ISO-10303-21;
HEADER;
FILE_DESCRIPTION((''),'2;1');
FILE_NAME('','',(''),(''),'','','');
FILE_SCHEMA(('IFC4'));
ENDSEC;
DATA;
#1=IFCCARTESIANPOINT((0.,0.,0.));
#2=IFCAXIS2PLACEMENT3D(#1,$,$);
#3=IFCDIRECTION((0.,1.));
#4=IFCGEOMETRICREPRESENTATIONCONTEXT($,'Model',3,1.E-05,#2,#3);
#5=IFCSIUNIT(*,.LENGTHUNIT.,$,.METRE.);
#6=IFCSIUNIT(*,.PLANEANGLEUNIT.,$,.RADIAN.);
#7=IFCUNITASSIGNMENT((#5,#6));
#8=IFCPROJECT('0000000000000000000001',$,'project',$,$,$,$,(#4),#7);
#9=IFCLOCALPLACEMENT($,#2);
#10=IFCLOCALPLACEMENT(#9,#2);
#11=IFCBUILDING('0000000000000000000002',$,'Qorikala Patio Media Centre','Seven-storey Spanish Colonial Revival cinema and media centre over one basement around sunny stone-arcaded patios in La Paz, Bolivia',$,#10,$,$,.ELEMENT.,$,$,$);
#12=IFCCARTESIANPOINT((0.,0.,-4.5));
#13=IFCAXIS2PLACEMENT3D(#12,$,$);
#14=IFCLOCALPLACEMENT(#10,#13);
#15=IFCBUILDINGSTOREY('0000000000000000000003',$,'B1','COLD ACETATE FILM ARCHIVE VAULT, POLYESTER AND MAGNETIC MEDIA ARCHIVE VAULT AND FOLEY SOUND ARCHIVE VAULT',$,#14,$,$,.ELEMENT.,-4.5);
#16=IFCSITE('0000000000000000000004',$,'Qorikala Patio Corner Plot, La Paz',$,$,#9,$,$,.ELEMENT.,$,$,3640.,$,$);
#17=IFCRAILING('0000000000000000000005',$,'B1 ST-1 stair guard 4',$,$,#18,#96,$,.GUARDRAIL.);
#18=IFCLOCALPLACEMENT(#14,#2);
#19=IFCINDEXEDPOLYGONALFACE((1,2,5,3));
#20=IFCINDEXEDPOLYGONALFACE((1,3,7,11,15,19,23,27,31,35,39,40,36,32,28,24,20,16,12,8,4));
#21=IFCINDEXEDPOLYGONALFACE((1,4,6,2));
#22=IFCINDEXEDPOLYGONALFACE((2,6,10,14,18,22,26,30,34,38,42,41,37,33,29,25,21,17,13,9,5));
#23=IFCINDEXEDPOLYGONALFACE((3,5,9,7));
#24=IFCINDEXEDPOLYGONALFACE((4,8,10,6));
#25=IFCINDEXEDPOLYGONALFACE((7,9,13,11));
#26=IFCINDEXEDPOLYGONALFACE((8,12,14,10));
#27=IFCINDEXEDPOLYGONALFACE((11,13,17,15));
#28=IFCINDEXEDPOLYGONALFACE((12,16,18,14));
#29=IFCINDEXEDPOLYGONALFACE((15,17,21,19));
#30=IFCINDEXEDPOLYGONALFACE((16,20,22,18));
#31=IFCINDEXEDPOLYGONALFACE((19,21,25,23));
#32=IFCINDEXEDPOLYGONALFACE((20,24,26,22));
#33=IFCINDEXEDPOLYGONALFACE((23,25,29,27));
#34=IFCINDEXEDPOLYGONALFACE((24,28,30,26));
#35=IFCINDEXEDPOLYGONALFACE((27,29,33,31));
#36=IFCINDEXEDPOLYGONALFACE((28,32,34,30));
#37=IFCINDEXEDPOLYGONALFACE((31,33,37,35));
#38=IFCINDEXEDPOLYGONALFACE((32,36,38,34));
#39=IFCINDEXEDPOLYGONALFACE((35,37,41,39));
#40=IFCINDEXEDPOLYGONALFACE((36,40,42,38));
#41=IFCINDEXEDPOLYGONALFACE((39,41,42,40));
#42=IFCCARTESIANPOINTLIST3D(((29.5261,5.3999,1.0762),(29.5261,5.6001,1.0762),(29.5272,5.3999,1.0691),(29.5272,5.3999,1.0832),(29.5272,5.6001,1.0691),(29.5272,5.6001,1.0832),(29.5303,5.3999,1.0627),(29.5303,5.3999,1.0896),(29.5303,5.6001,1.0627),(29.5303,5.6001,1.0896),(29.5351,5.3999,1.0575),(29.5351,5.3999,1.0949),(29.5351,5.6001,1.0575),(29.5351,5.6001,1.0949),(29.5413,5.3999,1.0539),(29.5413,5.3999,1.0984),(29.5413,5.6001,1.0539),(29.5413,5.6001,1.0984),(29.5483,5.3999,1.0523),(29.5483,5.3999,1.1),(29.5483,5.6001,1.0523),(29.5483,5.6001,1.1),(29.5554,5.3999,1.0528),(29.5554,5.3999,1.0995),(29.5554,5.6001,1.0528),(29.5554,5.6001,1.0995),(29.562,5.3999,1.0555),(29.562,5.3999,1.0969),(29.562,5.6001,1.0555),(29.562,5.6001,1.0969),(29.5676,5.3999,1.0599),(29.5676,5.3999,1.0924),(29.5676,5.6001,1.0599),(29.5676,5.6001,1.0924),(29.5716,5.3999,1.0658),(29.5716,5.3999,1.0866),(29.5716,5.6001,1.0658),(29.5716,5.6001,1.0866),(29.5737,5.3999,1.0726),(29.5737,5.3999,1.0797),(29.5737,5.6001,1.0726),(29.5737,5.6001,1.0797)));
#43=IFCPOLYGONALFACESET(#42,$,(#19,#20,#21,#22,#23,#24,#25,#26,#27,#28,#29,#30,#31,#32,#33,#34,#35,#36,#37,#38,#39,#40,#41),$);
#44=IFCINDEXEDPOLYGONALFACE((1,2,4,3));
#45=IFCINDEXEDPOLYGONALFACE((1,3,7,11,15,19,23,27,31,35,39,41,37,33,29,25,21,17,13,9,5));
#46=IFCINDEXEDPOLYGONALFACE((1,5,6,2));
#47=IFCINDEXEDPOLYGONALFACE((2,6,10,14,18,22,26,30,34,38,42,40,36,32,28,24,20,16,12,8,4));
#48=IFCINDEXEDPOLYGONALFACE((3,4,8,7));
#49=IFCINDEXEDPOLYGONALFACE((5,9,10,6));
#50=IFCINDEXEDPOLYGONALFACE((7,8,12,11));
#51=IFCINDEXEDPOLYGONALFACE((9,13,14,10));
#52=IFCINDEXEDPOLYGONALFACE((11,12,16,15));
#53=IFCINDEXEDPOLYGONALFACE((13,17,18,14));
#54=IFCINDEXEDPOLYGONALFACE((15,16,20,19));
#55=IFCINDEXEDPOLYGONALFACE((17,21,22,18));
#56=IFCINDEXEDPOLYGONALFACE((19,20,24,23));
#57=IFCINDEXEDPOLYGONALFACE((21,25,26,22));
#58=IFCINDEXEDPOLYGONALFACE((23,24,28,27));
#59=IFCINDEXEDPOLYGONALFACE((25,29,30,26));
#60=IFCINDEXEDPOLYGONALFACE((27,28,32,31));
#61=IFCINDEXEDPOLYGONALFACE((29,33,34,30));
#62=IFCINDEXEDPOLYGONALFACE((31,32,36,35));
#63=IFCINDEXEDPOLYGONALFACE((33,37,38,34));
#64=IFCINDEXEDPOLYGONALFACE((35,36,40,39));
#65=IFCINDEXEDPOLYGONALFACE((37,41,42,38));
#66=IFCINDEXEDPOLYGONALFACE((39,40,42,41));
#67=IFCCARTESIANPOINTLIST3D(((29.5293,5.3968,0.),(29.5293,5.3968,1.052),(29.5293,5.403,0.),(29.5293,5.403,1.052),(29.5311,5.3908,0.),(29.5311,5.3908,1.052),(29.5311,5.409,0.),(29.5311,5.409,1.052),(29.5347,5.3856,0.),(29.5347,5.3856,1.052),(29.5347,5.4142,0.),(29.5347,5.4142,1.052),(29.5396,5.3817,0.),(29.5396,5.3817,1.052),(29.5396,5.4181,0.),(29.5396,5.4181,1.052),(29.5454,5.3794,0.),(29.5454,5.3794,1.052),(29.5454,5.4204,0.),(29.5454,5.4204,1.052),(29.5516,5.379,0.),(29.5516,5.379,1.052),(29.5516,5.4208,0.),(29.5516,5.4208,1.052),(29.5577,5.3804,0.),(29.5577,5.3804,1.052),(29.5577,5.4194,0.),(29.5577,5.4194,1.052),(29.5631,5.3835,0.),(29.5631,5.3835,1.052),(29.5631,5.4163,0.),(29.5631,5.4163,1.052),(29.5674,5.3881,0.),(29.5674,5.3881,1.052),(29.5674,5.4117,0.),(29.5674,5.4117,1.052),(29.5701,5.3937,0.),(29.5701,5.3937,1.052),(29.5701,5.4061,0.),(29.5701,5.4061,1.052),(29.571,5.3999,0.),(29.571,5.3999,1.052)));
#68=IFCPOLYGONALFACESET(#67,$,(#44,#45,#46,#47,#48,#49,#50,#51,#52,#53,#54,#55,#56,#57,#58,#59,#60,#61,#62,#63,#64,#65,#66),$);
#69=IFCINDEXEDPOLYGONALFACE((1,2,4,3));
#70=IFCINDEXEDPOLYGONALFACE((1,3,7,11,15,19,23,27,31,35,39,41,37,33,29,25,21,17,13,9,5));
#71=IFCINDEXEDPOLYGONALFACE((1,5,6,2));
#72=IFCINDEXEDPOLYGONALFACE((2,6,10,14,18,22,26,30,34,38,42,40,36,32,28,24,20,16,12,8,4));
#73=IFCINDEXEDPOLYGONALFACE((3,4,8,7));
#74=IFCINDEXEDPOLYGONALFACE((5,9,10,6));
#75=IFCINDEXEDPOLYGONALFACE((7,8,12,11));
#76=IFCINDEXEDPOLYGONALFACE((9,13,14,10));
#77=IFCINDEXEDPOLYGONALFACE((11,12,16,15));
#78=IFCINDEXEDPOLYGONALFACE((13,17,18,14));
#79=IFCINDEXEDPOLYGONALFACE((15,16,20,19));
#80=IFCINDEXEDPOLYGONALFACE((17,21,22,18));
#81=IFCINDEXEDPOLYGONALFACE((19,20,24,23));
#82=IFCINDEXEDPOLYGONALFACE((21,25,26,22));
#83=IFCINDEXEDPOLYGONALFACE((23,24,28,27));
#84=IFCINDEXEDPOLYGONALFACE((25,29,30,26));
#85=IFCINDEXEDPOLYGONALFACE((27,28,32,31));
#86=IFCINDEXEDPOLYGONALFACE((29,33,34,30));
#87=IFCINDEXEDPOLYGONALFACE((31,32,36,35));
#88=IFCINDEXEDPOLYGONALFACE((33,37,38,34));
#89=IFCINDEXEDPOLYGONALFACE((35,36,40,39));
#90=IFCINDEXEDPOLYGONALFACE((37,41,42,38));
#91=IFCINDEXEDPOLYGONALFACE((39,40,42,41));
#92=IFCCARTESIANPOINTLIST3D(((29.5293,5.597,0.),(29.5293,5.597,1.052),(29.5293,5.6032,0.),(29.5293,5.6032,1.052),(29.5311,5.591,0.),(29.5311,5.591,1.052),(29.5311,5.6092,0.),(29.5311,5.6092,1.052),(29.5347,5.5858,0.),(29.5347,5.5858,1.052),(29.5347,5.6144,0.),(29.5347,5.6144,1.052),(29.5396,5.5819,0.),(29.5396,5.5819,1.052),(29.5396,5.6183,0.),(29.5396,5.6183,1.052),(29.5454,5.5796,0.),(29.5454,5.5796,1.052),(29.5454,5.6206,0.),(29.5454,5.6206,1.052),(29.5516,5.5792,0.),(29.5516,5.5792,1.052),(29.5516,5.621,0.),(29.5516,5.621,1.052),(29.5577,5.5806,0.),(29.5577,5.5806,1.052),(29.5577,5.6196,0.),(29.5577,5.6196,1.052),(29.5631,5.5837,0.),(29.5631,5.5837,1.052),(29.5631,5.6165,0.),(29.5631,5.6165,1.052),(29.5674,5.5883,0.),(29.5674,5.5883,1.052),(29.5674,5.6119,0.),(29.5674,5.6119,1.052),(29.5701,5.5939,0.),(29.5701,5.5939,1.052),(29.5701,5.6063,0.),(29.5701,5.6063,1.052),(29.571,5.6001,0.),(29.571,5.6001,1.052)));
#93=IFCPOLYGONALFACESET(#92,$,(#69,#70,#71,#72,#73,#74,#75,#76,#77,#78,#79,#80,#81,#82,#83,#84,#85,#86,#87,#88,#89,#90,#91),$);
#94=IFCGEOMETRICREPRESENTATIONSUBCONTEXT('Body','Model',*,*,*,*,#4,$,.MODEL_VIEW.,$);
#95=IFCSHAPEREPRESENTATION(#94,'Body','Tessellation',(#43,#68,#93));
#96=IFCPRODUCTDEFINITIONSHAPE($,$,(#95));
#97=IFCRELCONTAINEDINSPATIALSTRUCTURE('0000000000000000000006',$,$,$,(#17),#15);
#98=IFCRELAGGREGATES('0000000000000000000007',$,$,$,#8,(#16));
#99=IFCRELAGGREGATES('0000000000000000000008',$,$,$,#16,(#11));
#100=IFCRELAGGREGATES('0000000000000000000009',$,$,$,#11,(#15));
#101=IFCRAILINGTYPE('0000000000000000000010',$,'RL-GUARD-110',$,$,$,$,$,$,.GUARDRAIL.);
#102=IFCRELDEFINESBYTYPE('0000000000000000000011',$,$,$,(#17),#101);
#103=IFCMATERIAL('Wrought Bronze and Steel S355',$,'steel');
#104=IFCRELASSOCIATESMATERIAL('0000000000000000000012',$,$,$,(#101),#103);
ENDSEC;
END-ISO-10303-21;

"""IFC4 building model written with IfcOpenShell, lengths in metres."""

from ifc_helpers import new_model, si_unit, direction, frame, origin, origin_2d, place, context, subcontext, project, spatial, circle, extrude, material, type_object, element, save


model = new_model("IFC4")

# Units and contexts
model_context = context("Model", 3, precision=1e-05, world=origin(), true_north=direction((0.0, 1.0)))
body_context = subcontext(model_context, "Body", "Model", "MODEL_VIEW")
ifc_project = project(units=[si_unit("LENGTHUNIT", "METRE"), si_unit("PLANEANGLEUNIT", "RADIAN")], contexts=[model_context])

# Site, building, storey
site_placement = place(None, origin())
site = spatial("IfcSite", under=ifc_project, at=site_placement, Name="Qorikala Patio Corner Plot, La Paz", CompositionType="ELEMENT", RefElevation=3640.0)
building_placement = place(site_placement, origin())
building = spatial("IfcBuilding", under=site, at=building_placement, Name="Qorikala Patio Media Centre", Description="Seven-storey Spanish Colonial Revival cinema and media centre over one basement around sunny stone-arcaded patios in La Paz, Bolivia", CompositionType="ELEMENT")
storey_placement = place(building_placement, frame((0.0, 0.0, -4.5)))
storey = spatial("IfcBuildingStorey", under=building, at=storey_placement, Name="B1", Description="COLD ACETATE FILM ARCHIVE VAULT, POLYESTER AND MAGNETIC MEDIA ARCHIVE VAULT AND FOLEY SOUND ARCHIVE VAULT", CompositionType="ELEMENT", Elevation=-4.5)

# Railing
ifc_material_1 = material(Name="Wrought Bronze and Steel S355", Category="steel")
railing_type_1 = type_object("IfcRailingType", Name="RL-GUARD-110", PredefinedType="GUARDRAIL", material=ifc_material_1)
railing_1_placement = place(storey_placement, frame((29.55, 5.3999, 0.0)))
element("IfcRailing", 1, at=railing_1_placement, inside=storey, type_object=railing_type_1, Name="B1 ST-1 stair guard 4", PredefinedType="GUARDRAIL", context=body_context, shape_type="SweptSolid", body=[
    extrude(circle(Radius=0.0239, at=origin_2d()), frame((0.0, 0.0, 1.0762), z_axis=(0.0, 1.0, 0.0), x_axis=(-1.0, 0.0, 0.0)), (0.0, 0.0, 1.0), 0.2002),
    extrude(circle(Radius=0.021, at=origin_2d()), origin(), (0.0, 0.0, 1.0), 1.052),
    extrude(circle(Radius=0.021, at=origin_2d()), frame((0.0, 0.2002, 0.0)), (0.0, 0.0, 1.0), 1.052),
])

save(model, "model.ifc")
